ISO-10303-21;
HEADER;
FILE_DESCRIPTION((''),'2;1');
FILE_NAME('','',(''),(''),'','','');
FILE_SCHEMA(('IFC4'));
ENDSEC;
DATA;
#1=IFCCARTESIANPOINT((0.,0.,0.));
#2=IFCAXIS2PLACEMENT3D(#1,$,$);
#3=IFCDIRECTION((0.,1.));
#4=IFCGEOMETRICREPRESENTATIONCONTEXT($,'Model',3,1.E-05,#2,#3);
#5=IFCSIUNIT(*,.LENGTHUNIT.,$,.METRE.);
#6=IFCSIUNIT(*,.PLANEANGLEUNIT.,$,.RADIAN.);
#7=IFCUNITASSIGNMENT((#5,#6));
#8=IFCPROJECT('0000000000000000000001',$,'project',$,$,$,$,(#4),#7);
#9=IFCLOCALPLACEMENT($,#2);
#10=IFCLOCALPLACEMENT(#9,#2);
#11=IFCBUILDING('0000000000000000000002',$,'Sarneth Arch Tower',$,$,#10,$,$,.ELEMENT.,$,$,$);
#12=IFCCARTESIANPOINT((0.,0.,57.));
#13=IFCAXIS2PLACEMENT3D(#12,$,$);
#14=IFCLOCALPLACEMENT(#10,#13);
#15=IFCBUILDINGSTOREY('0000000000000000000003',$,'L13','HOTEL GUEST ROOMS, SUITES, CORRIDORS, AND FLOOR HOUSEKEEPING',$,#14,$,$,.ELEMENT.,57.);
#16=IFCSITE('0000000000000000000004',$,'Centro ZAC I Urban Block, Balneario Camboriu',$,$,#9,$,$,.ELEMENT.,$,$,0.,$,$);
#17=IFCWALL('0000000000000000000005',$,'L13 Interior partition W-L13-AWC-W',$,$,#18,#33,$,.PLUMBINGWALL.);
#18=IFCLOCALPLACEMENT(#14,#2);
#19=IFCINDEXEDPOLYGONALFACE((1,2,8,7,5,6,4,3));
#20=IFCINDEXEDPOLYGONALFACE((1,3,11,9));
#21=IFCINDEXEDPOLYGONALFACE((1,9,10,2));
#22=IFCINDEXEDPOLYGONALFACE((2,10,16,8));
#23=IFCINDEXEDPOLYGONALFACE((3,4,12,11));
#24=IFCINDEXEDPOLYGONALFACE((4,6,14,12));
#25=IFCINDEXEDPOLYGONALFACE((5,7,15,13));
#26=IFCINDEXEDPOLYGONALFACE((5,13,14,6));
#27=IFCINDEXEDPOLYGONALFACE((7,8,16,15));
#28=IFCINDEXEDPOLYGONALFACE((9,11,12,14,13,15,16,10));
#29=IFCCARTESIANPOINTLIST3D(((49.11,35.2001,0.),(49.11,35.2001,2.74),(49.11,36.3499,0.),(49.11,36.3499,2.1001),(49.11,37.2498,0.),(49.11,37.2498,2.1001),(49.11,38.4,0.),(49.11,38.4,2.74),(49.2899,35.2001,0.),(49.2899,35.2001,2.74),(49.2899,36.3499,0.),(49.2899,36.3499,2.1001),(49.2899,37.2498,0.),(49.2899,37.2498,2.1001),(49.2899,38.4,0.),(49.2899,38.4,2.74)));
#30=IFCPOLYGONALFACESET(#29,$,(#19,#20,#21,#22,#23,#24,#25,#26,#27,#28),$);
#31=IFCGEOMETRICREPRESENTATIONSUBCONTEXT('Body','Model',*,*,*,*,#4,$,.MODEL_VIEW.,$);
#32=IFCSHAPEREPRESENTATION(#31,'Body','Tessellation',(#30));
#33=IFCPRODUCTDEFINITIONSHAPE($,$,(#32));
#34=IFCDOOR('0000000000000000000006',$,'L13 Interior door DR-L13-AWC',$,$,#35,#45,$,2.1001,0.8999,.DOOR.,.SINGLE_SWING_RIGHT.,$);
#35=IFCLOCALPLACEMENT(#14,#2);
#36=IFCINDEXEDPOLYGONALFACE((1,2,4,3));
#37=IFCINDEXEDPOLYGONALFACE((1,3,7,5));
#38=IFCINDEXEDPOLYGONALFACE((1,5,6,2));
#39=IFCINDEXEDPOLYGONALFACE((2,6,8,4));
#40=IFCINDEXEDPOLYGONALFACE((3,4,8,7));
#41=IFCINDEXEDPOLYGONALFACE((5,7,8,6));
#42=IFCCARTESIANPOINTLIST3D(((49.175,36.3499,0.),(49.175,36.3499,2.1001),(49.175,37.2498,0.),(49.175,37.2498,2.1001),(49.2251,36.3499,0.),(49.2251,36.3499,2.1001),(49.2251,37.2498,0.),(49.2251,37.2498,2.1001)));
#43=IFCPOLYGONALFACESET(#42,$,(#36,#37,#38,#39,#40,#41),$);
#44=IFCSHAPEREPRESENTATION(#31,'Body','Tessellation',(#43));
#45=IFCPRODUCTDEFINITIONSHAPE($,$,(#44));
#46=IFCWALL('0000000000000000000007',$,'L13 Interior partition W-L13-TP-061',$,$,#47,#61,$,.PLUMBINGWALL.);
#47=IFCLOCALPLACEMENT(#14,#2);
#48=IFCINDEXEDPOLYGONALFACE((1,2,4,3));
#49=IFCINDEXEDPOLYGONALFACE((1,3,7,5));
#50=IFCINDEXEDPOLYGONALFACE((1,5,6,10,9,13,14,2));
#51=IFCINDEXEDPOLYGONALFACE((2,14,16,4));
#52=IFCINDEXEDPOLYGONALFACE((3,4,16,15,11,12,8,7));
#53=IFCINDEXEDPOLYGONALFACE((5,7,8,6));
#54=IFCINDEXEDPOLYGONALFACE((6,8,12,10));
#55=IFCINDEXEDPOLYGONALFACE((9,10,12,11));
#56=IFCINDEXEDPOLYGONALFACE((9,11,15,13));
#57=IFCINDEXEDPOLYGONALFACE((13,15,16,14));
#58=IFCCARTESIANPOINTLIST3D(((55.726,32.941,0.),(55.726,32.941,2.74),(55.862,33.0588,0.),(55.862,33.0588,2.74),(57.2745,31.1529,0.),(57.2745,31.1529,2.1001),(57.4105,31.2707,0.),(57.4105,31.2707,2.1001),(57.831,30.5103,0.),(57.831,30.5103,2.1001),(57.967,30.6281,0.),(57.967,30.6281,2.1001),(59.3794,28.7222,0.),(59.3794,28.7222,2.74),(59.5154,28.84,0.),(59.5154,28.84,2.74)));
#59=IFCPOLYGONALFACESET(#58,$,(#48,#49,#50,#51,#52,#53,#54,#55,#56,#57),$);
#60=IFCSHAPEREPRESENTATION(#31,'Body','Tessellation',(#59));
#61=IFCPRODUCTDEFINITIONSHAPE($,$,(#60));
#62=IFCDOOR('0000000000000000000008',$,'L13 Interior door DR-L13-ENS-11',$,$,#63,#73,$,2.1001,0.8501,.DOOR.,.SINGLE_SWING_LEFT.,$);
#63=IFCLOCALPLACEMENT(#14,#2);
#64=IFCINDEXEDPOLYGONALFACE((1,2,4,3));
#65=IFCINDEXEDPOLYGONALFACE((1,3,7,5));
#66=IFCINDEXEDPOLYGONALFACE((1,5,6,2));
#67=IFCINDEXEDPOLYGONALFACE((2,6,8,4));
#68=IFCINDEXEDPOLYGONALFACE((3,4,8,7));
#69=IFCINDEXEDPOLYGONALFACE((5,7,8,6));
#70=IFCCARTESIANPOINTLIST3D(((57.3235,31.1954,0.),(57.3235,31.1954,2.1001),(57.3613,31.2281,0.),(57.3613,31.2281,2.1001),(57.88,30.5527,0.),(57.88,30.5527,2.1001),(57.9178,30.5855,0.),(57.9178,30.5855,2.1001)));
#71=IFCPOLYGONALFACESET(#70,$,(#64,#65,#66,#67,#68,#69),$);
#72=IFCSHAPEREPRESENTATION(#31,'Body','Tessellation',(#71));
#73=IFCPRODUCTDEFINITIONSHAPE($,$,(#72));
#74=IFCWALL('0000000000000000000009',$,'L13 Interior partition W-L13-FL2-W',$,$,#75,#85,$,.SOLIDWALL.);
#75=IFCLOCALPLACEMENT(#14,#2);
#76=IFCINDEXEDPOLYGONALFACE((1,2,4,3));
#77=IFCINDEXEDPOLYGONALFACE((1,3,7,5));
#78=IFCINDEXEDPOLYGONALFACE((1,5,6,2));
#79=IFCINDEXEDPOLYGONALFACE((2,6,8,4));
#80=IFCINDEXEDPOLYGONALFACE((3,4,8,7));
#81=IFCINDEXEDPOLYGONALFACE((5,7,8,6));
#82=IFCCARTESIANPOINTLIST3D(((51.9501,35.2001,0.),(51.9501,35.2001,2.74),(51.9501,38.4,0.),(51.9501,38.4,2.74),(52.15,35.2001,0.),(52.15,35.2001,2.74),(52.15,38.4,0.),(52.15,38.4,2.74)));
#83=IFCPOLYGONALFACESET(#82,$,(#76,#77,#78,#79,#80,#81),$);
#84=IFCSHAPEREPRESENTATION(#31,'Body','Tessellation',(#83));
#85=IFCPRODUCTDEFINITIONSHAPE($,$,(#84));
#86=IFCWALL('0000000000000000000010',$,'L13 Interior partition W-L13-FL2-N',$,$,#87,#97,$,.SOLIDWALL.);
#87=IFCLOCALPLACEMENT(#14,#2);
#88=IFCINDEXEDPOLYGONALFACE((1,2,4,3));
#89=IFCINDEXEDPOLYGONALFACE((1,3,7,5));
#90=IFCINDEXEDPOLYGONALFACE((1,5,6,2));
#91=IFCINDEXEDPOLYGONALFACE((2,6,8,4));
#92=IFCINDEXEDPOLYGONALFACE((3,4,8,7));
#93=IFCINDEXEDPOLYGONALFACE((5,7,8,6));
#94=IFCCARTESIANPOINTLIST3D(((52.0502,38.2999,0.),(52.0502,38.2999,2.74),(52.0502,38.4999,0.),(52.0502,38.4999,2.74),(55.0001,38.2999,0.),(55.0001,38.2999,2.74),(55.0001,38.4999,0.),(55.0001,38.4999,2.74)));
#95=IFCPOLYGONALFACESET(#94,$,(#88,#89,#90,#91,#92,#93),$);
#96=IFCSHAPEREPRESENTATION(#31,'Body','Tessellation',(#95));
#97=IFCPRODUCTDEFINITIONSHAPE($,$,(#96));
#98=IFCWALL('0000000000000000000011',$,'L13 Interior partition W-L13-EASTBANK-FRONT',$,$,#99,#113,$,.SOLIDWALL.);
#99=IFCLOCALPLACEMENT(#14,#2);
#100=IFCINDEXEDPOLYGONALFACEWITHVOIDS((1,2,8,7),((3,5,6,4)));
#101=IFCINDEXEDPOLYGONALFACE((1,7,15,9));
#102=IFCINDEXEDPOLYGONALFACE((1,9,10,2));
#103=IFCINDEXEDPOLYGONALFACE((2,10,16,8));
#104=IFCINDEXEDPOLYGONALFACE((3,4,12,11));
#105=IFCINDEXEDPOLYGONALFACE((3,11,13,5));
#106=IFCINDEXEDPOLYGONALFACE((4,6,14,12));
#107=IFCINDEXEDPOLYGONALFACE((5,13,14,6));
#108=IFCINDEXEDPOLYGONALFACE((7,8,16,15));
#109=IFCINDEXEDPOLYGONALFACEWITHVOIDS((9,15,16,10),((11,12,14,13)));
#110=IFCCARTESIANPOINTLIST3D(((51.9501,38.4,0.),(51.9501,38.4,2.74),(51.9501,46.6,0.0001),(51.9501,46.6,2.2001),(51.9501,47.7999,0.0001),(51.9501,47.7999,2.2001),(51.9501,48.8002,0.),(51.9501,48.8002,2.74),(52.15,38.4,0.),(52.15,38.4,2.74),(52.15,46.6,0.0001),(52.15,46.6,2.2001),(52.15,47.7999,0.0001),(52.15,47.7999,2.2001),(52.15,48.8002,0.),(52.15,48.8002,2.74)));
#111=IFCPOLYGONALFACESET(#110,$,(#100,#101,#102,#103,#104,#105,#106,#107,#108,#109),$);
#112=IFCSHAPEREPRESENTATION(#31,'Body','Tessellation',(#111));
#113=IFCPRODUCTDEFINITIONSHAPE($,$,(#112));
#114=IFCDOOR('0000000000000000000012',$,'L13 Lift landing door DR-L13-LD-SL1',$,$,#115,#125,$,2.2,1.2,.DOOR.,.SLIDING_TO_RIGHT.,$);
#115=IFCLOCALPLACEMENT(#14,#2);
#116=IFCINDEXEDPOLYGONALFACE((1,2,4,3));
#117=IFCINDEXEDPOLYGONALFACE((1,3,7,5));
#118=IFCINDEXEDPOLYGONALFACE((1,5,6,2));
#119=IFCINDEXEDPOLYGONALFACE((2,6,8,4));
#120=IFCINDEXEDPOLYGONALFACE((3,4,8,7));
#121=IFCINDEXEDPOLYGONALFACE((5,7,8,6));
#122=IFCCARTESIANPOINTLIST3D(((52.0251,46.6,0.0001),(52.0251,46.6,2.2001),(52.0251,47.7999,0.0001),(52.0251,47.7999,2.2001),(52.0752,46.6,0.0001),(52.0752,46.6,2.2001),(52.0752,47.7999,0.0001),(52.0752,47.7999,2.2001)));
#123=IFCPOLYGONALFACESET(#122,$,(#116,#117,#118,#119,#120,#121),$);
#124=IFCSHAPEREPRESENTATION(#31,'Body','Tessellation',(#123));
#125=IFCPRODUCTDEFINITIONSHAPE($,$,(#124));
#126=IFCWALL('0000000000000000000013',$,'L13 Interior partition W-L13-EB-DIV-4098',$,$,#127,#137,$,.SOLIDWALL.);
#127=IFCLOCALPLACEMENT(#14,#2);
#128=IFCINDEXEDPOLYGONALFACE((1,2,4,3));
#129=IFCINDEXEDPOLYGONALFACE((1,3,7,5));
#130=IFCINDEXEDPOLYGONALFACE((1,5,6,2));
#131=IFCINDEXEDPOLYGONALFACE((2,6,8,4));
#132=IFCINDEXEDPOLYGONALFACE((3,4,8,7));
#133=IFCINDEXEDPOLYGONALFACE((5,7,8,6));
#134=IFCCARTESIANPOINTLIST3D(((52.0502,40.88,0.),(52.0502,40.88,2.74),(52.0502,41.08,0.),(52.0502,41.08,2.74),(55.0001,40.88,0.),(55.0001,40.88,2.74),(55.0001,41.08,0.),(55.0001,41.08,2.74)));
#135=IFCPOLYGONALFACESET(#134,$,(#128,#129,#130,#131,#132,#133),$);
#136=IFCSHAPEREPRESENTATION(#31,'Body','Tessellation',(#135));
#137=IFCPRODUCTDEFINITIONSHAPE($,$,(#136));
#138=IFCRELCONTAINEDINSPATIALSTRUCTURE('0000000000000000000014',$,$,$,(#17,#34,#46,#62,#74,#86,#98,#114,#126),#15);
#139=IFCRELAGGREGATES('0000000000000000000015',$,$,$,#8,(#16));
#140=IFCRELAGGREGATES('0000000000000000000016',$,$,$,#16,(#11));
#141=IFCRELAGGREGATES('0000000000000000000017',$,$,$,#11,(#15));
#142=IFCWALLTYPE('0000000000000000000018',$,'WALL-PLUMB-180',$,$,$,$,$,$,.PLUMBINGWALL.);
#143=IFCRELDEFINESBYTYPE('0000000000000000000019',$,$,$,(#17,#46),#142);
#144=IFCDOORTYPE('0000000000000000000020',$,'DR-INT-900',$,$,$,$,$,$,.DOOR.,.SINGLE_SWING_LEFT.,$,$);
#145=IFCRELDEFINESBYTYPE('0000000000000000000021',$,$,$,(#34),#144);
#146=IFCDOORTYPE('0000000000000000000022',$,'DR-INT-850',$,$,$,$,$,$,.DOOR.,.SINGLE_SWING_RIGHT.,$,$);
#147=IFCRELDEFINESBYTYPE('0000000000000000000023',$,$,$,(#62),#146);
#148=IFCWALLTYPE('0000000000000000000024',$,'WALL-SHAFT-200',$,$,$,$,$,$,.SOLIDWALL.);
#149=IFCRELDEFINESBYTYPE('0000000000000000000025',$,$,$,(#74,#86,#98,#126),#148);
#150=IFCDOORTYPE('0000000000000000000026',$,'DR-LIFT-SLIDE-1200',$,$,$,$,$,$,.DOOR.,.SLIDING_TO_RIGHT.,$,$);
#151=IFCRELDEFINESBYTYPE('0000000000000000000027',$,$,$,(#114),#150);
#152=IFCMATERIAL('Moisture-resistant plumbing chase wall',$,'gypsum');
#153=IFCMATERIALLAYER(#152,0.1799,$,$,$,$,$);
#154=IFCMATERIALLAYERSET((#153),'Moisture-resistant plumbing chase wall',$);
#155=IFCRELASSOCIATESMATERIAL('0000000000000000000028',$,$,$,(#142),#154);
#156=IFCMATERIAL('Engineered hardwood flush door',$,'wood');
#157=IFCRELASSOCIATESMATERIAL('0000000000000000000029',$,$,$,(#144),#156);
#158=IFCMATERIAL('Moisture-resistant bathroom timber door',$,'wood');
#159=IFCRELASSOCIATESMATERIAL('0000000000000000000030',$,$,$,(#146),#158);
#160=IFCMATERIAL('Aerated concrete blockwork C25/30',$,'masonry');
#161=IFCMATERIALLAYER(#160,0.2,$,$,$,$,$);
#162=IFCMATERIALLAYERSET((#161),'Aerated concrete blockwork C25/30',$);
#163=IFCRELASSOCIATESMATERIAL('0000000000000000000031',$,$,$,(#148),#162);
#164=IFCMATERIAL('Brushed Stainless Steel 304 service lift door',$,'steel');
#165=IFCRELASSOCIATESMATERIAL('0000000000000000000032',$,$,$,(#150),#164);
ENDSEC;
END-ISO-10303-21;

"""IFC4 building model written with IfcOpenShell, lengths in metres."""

from ifc_helpers import new_model, si_unit, direction, frame, frame_2d, origin, place, context, subcontext, project, spatial, rectangle, extrude, material, layer, layer_set, type_object, element, fill, save


model = new_model("IFC4")

# Units and contexts
model_context = context("Model", 3, precision=1e-05, world=origin(), true_north=direction((0.0, 1.0)))
body_context = subcontext(model_context, "Body", "Model", "MODEL_VIEW")
ifc_project = project(units=[si_unit("LENGTHUNIT", "METRE"), si_unit("PLANEANGLEUNIT", "RADIAN")], contexts=[model_context])

# Site, building, storey
site_placement = place(None, origin())
site = spatial("IfcSite", under=ifc_project, at=site_placement, Name="Centro ZAC I Urban Block, Balneario Camboriu", CompositionType="ELEMENT", RefElevation=0.0)
building_placement = place(site_placement, origin())
building = spatial("IfcBuilding", under=site, at=building_placement, Name="Sarneth Arch Tower", CompositionType="ELEMENT")
storey_placement = place(building_placement, frame((0.0, 0.0, 57.0)))
storey = spatial("IfcBuildingStorey", under=building, at=storey_placement, Name="L13", Description="HOTEL GUEST ROOMS, SUITES, CORRIDORS, AND FLOOR HOUSEKEEPING", CompositionType="ELEMENT", Elevation=57.0)

# Shared definitions
ifc_material_1 = material(Name="Moisture-resistant plumbing chase wall", Category="gypsum")
ifc_layer_1 = layer(ifc_material_1, 0.1799)
ifc_layer_set_1 = layer_set([ifc_layer_1], Name="Moisture-resistant plumbing chase wall")
wall_type_1 = type_object("IfcWallType", Name="WALL-PLUMB-180", PredefinedType="PLUMBINGWALL", material=ifc_layer_set_1)

# Walls, openings, doors
wall_1_placement = place(storey_placement, frame((49.2, 35.2, 0.0), z_axis=(0.0, 0.0, 1.0), x_axis=(0.0, 1.0, 0.0)))
wall_1 = element("IfcWall", 1, at=wall_1_placement, inside=storey, type_object=wall_type_1, Name="L13 Interior partition W-L13-AWC-W", PredefinedType="PLUMBINGWALL", context=body_context, shape_type="SweptSolid", body=[
    extrude(rectangle(XDim=3.2, YDim=0.1799, at=frame_2d((1.6001, 0.0))), origin(), (0.0, 0.0, 1.0), 2.74),
])
opening_1_placement = place(wall_1_placement, frame((1.1499, 0.0, 0.0)))
opening_1 = element("IfcOpeningElement", 2, at=opening_1_placement, cuts=wall_1, PredefinedType="OPENING", context=body_context, shape_type="SweptSolid", body=[
    extrude(rectangle(XDim=0.8999, YDim=2.1001, at=frame_2d((0.45, 1.05))), frame((0.0, 0.0999, 0.0), z_axis=(0.0, -1.0, 0.0), x_axis=(1.0, 0.0, 0.0)), (0.0, 0.0, 1.0), 0.2),
])
ifc_material_2 = material(Name="Engineered hardwood flush door", Category="wood")
door_type_1 = type_object("IfcDoorType", Name="DR-INT-900", OperationType="SINGLE_SWING_LEFT", PredefinedType="DOOR", material=ifc_material_2)
door_1_placement = place(opening_1_placement, origin())
door_1 = element("IfcDoor", 3, at=door_1_placement, inside=storey, type_object=door_type_1, Name="L13 Interior door DR-L13-AWC", OperationType="SINGLE_SWING_RIGHT", OverallHeight=2.1001, OverallWidth=0.8999, PredefinedType="DOOR", context=body_context, shape_type="SweptSolid", body=[
    extrude(rectangle(XDim=0.8999, YDim=2.1001, at=frame_2d((0.45, 1.05))), frame((0.0, 0.0249, 0.0), z_axis=(0.0, -1.0, 0.0), x_axis=(1.0, 0.0, 0.0)), (0.0, 0.0, 1.0), 0.05),
])
fill(opening_1, door_1)
wall_2_placement = place(storey_placement, frame((55.7939, 33.0, 0.0), z_axis=(0.0, 0.0, 1.0), x_axis=(0.654631, -0.755949, 0.0)))
wall_2 = element("IfcWall", 4, at=wall_2_placement, inside=storey, type_object=wall_type_1, Name="L13 Interior partition W-L13-TP-061", PredefinedType="PLUMBINGWALL", context=body_context, shape_type="SweptSolid", body=[
    extrude(rectangle(XDim=5.5808, YDim=0.1799, at=frame_2d((2.7905, 0.0))), origin(), (0.0, 0.0, 1.0), 2.74),
])
opening_2_placement = place(wall_2_placement, frame((2.3655, 0.0, 0.0)))
opening_2 = element("IfcOpeningElement", 5, at=opening_2_placement, cuts=wall_2, PredefinedType="OPENING", context=body_context, shape_type="SweptSolid", body=[
    extrude(rectangle(XDim=0.8501, YDim=2.1001, at=frame_2d((0.425, 1.05))), frame((0.0, 0.0999, 0.0), z_axis=(0.0, -1.0, 0.0), x_axis=(1.0, 0.0, 0.0)), (0.0, 0.0, 1.0), 0.2),
])
ifc_material_3 = material(Name="Moisture-resistant bathroom timber door", Category="wood")
door_type_2 = type_object("IfcDoorType", Name="DR-INT-850", OperationType="SINGLE_SWING_RIGHT", PredefinedType="DOOR", material=ifc_material_3)
door_2_placement = place(opening_2_placement, origin())
door_2 = element("IfcDoor", 6, at=door_2_placement, inside=storey, type_object=door_type_2, Name="L13 Interior door DR-L13-ENS-11", OperationType="SINGLE_SWING_LEFT", OverallHeight=2.1001, OverallWidth=0.8501, PredefinedType="DOOR", context=body_context, shape_type="SweptSolid", body=[
    extrude(rectangle(XDim=0.8501, YDim=2.1001, at=frame_2d((0.425, 1.05))), frame((0.0, 0.0249, 0.0), z_axis=(0.0, -1.0, 0.0), x_axis=(1.0, 0.0, 0.0)), (0.0, 0.0, 1.0), 0.05),
])
fill(opening_2, door_2)
ifc_material_4 = material(Name="Aerated concrete blockwork C25/30", Category="masonry")
ifc_layer_2 = layer(ifc_material_4, 0.2)
ifc_layer_set_2 = layer_set([ifc_layer_2], Name="Aerated concrete blockwork C25/30")
wall_type_2 = type_object("IfcWallType", Name="WALL-SHAFT-200", PredefinedType="SOLIDWALL", material=ifc_layer_set_2)

# Walls
wall_3_placement = place(storey_placement, frame((52.05, 35.2, 0.0), z_axis=(0.0, 0.0, 1.0), x_axis=(0.0, 1.0, 0.0)))
element("IfcWall", 7, at=wall_3_placement, inside=storey, type_object=wall_type_2, Name="L13 Interior partition W-L13-FL2-W", PredefinedType="SOLIDWALL", context=body_context, shape_type="SweptSolid", body=[
    extrude(rectangle(XDim=3.2, YDim=0.2, at=frame_2d((1.6001, 0.0))), origin(), (0.0, 0.0, 1.0), 2.74),
])
wall_4_placement = place(storey_placement, frame((52.05, 38.3999, 0.0), z_axis=(0.0, 0.0, 1.0), x_axis=(1.0, 0.0, 0.0)))
element("IfcWall", 8, at=wall_4_placement, inside=storey, type_object=wall_type_2, Name="L13 Interior partition W-L13-FL2-N", PredefinedType="SOLIDWALL", context=body_context, shape_type="SweptSolid", body=[
    extrude(rectangle(XDim=2.95, YDim=0.2, at=frame_2d((1.4751, 0.0))), origin(), (0.0, 0.0, 1.0), 2.74),
])

# Wall, opening, door
wall_5_placement = place(storey_placement, frame((52.05, 38.3999, 0.0), z_axis=(0.0, 0.0, 1.0), x_axis=(0.0, 1.0, 0.0)))
wall_5 = element("IfcWall", 9, at=wall_5_placement, inside=storey, type_object=wall_type_2, Name="L13 Interior partition W-L13-EASTBANK-FRONT", PredefinedType="SOLIDWALL", context=body_context, shape_type="SweptSolid", body=[
    extrude(rectangle(XDim=10.4001, YDim=0.2, at=frame_2d((5.2002, 0.0))), origin(), (0.0, 0.0, 1.0), 2.74),
])
opening_3_placement = place(wall_5_placement, frame((8.2, 0.0, 0.0)))
opening_3 = element("IfcOpeningElement", 10, at=opening_3_placement, cuts=wall_5, PredefinedType="OPENING", context=body_context, shape_type="SweptSolid", body=[
    extrude(rectangle(XDim=1.2, YDim=2.2, at=frame_2d((0.6001, 1.1001))), frame((0.0, 0.1099, 0.0), z_axis=(0.0, -1.0, 0.0), x_axis=(1.0, 0.0, 0.0)), (0.0, 0.0, 1.0), 0.22),
])
ifc_material_5 = material(Name="Brushed Stainless Steel 304 service lift door", Category="steel")
door_type_3 = type_object("IfcDoorType", Name="DR-LIFT-SLIDE-1200", OperationType="SLIDING_TO_RIGHT", PredefinedType="DOOR", material=ifc_material_5)
door_3_placement = place(opening_3_placement, origin())
door_3 = element("IfcDoor", 11, at=door_3_placement, inside=storey, type_object=door_type_3, Name="L13 Lift landing door DR-L13-LD-SL1", OperationType="SLIDING_TO_RIGHT", OverallHeight=2.2, OverallWidth=1.2, PredefinedType="DOOR", context=body_context, shape_type="SweptSolid", body=[
    extrude(rectangle(XDim=1.2, YDim=2.2, at=frame_2d((0.6001, 1.1001))), frame((0.0, 0.0249, 0.0), z_axis=(0.0, -1.0, 0.0), x_axis=(1.0, 0.0, 0.0)), (0.0, 0.0, 1.0), 0.05),
])
fill(opening_3, door_3)

# Wall
wall_6_placement = place(storey_placement, frame((52.05, 40.98, 0.0), z_axis=(0.0, 0.0, 1.0), x_axis=(1.0, 0.0, 0.0)))
element("IfcWall", 12, at=wall_6_placement, inside=storey, type_object=wall_type_2, Name="L13 Interior partition W-L13-EB-DIV-4098", PredefinedType="SOLIDWALL", context=body_context, shape_type="SweptSolid", body=[
    extrude(rectangle(XDim=2.95, YDim=0.2, at=frame_2d((1.4751, 0.0))), origin(), (0.0, 0.0, 1.0), 2.74),
])

save(model, "model.ifc")
